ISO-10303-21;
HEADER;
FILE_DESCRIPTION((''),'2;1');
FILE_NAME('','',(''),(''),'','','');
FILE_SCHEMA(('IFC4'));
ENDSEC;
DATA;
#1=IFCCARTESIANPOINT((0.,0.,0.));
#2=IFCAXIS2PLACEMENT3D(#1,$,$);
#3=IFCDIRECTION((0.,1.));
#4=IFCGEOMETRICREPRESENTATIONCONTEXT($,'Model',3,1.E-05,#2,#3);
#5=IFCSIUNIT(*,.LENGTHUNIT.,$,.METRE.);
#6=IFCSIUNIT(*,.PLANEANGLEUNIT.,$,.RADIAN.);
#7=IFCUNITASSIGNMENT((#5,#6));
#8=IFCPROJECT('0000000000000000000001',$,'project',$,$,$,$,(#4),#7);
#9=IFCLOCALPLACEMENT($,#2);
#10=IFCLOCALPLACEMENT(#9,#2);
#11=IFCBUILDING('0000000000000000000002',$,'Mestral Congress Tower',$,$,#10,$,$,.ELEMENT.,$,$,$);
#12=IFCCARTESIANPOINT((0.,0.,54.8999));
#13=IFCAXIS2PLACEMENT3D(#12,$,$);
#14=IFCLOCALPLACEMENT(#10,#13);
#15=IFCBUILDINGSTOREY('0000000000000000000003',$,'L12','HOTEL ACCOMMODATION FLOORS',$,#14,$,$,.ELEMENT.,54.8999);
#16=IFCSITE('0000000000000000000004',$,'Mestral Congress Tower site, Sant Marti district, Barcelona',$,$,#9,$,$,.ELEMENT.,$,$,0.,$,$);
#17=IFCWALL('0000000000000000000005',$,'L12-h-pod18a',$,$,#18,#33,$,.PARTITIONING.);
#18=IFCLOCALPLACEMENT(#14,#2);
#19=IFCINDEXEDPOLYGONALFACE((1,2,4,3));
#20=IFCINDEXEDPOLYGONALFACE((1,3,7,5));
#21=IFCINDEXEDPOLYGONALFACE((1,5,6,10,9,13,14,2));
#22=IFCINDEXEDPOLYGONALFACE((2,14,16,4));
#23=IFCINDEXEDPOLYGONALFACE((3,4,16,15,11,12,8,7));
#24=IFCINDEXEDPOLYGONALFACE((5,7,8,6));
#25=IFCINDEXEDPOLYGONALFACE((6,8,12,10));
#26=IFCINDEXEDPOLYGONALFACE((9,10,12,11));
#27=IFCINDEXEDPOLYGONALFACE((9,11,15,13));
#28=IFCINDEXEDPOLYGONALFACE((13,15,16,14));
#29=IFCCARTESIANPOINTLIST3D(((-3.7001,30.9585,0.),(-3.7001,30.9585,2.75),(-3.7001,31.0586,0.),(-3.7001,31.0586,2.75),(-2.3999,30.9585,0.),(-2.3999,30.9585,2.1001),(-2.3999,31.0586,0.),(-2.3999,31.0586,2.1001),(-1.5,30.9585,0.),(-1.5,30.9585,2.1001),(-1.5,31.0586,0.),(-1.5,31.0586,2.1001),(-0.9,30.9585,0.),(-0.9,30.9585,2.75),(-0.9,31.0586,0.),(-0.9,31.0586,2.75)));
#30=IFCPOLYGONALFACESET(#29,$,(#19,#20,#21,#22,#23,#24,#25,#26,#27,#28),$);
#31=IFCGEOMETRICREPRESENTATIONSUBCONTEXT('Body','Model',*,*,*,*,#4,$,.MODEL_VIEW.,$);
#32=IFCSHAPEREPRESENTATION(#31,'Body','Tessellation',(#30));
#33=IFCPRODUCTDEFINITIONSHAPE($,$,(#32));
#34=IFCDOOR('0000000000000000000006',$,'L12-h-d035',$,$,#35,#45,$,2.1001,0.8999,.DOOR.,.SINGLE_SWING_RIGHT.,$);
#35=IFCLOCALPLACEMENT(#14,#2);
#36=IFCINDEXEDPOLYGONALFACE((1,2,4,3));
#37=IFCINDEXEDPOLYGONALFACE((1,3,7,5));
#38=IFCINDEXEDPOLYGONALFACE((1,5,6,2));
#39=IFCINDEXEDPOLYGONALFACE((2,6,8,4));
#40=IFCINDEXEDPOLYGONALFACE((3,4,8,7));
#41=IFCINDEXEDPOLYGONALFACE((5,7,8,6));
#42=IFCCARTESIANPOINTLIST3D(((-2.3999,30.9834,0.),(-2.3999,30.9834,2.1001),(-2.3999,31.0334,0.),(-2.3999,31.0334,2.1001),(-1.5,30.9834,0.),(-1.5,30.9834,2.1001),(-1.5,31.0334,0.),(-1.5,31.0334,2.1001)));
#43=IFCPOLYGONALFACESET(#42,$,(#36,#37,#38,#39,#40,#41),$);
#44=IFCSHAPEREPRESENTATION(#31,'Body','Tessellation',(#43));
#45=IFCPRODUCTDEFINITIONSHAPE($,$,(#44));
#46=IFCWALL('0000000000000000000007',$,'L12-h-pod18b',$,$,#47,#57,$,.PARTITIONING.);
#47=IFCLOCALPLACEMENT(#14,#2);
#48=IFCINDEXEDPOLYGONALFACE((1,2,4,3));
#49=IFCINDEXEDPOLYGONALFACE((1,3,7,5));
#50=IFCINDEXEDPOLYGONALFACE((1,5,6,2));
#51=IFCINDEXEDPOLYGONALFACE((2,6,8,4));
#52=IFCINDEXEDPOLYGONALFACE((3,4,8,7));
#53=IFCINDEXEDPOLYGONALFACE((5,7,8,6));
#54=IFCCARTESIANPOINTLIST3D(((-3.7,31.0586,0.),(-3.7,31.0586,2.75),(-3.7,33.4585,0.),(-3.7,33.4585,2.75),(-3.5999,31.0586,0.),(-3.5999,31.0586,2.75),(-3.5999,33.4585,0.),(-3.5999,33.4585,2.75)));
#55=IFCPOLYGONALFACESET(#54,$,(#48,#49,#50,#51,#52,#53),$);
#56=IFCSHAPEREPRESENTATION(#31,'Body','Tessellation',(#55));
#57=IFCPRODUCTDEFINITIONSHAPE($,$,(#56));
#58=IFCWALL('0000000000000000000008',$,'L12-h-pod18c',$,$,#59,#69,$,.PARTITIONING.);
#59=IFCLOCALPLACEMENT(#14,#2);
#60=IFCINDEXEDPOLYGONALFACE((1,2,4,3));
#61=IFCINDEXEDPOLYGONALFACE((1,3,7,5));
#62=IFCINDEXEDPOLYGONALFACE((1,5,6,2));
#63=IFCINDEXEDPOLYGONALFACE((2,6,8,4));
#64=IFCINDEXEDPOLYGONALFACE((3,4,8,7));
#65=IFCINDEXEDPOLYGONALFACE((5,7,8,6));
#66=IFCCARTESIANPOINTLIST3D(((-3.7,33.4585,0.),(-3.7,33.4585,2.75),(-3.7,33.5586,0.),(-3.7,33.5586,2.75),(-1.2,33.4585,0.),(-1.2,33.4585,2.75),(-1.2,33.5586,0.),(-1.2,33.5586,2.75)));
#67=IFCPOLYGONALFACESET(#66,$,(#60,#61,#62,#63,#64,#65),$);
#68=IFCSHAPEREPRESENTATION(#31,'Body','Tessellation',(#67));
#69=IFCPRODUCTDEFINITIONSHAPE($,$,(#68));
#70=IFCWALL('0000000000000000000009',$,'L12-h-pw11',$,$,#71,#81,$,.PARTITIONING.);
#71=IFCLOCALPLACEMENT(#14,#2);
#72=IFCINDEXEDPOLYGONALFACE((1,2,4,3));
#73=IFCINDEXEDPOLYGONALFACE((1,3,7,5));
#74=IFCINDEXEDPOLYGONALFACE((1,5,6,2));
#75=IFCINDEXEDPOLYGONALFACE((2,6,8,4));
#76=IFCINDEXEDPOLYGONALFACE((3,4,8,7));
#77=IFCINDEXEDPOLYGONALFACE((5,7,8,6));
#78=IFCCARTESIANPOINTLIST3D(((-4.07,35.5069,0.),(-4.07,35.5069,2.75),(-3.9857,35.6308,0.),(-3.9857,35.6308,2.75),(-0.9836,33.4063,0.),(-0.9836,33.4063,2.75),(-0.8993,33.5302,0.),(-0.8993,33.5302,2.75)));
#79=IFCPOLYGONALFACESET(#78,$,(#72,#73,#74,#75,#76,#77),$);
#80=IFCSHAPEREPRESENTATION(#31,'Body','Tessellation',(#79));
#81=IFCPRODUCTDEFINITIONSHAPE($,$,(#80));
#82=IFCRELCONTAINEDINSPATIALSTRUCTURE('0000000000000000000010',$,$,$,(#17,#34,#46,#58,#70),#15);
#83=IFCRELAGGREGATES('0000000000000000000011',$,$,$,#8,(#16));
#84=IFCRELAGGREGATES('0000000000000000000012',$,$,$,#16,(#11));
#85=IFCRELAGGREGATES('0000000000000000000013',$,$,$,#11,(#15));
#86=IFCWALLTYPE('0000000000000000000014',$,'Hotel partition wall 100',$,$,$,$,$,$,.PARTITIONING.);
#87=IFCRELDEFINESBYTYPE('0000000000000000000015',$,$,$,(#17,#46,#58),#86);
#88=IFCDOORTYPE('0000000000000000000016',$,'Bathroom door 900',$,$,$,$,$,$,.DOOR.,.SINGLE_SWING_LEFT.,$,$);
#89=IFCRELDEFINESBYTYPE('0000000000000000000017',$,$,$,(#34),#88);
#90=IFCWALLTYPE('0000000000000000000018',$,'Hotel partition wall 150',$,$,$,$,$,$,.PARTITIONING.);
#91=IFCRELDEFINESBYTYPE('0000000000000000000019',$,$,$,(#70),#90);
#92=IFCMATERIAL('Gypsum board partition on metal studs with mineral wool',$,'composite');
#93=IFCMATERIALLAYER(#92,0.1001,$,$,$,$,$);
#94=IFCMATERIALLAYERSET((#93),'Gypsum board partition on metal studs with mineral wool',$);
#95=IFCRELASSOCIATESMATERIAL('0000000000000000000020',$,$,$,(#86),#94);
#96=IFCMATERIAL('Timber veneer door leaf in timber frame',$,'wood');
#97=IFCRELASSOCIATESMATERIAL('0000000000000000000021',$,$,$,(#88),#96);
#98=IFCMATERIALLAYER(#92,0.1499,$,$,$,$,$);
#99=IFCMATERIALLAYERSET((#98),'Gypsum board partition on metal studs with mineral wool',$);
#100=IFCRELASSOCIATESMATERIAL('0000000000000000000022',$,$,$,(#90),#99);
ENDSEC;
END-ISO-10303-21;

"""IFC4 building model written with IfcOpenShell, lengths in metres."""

from ifc_helpers import new_model, si_unit, direction, frame, frame_2d, origin, place, context, subcontext, project, spatial, rectangle, extrude, material, layer, layer_set, type_object, element, fill, save


model = new_model("IFC4")

# Units and contexts
model_context = context("Model", 3, precision=1e-05, world=origin(), true_north=direction((0.0, 1.0)))
body_context = subcontext(model_context, "Body", "Model", "MODEL_VIEW")
ifc_project = project(units=[si_unit("LENGTHUNIT", "METRE"), si_unit("PLANEANGLEUNIT", "RADIAN")], contexts=[model_context])

# Site, building, storey
site_placement = place(None, origin())
site = spatial("IfcSite", under=ifc_project, at=site_placement, Name="Mestral Congress Tower site, Sant Marti district, Barcelona", CompositionType="ELEMENT", RefElevation=0.0)
building_placement = place(site_placement, origin())
building = spatial("IfcBuilding", under=site, at=building_placement, Name="Mestral Congress Tower", CompositionType="ELEMENT")
storey_placement = place(building_placement, frame((0.0, 0.0, 54.8999)))
storey = spatial("IfcBuildingStorey", under=building, at=storey_placement, Name="L12", Description="HOTEL ACCOMMODATION FLOORS", CompositionType="ELEMENT", Elevation=54.8999)

# Wall, opening, door
ifc_material_1 = material(Name="Gypsum board partition on metal studs with mineral wool", Category="composite")
ifc_layer_1 = layer(ifc_material_1, 0.1001)
ifc_layer_set_1 = layer_set([ifc_layer_1], Name="Gypsum board partition on metal studs with mineral wool")
wall_type_1 = type_object("IfcWallType", Name="Hotel partition wall 100", PredefinedType="PARTITIONING", material=ifc_layer_set_1)
wall_1_placement = place(storey_placement, frame((-3.7, 31.0085, 0.0), z_axis=(0.0, 0.0, 1.0), x_axis=(1.0, 0.0, 0.0)))
wall_1 = element("IfcWall", 1, at=wall_1_placement, inside=storey, type_object=wall_type_1, Name="L12-h-pod18a", PredefinedType="PARTITIONING", context=body_context, shape_type="SweptSolid", body=[
    extrude(rectangle(XDim=2.8, YDim=0.1001, at=frame_2d((1.3999, 0.0))), origin(), (0.0, 0.0, 1.0), 2.75),
])
opening_1_placement = place(wall_1_placement, frame((1.3, 0.0, 0.0)))
opening_1 = element("IfcOpeningElement", 2, at=opening_1_placement, cuts=wall_1, PredefinedType="OPENING", context=body_context, shape_type="SweptSolid", body=[
    extrude(rectangle(XDim=0.8999, YDim=2.1001, at=frame_2d((0.45, 1.05))), frame((0.0, 0.0601, 0.0), z_axis=(0.0, -1.0, 0.0), x_axis=(1.0, 0.0, 0.0)), (0.0, 0.0, 1.0), 0.1201),
])
ifc_material_2 = material(Name="Timber veneer door leaf in timber frame", Category="wood")
door_type = type_object("IfcDoorType", Name="Bathroom door 900", OperationType="SINGLE_SWING_LEFT", PredefinedType="DOOR", material=ifc_material_2)
door_placement = place(opening_1_placement, origin())
door = element("IfcDoor", 3, at=door_placement, inside=storey, type_object=door_type, Name="L12-h-d035", OperationType="SINGLE_SWING_RIGHT", OverallHeight=2.1001, OverallWidth=0.8999, PredefinedType="DOOR", context=body_context, shape_type="SweptSolid", body=[
    extrude(rectangle(XDim=0.8999, YDim=2.1001, at=frame_2d((0.45, 1.05))), frame((0.0, 0.0249, 0.0), z_axis=(0.0, -1.0, 0.0), x_axis=(1.0, 0.0, 0.0)), (0.0, 0.0, 1.0), 0.05),
])
fill(opening_1, door)

# Walls
wall_2_placement = place(storey_placement, frame((-3.6499, 31.0586, 0.0), z_axis=(0.0, 0.0, 1.0), x_axis=(0.0, 1.0, 0.0)))
element("IfcWall", 4, at=wall_2_placement, inside=storey, type_object=wall_type_1, Name="L12-h-pod18b", PredefinedType="PARTITIONING", context=body_context, shape_type="SweptSolid", body=[
    extrude(rectangle(XDim=2.3999, YDim=0.1001, at=frame_2d((1.2, 0.0))), origin(), (0.0, 0.0, 1.0), 2.75),
])
wall_3_placement = place(storey_placement, frame((-1.2, 33.5085, 0.0), z_axis=(0.0, 0.0, 1.0), x_axis=(-1.0, 0.0, 0.0)))
element("IfcWall", 5, at=wall_3_placement, inside=storey, type_object=wall_type_1, Name="L12-h-pod18c", PredefinedType="PARTITIONING", context=body_context, shape_type="SweptSolid", body=[
    extrude(rectangle(XDim=2.5, YDim=0.1001, at=frame_2d((1.25, 0.0))), origin(), (0.0, 0.0, 1.0), 2.75),
])
ifc_layer_2 = layer(ifc_material_1, 0.1499)
ifc_layer_set_2 = layer_set([ifc_layer_2], Name="Gypsum board partition on metal studs with mineral wool")
wall_type_2 = type_object("IfcWallType", Name="Hotel partition wall 150", PredefinedType="PARTITIONING", material=ifc_layer_set_2)
wall_4_placement = place(storey_placement, frame((-4.0278, 35.5688, 0.0), z_axis=(0.0, 0.0, 1.0), x_axis=(0.8267, -0.562643, 0.0)))
element("IfcWall", 6, at=wall_4_placement, inside=storey, type_object=wall_type_2, Name="L12-h-pw11", PredefinedType="PARTITIONING", context=body_context, shape_type="SweptSolid", body=[
    extrude(rectangle(XDim=3.7334, YDim=0.1499, at=frame_2d((1.8667, 0.0))), origin(), (0.0, 0.0, 1.0), 2.75),
])

save(model, "model.ifc")
